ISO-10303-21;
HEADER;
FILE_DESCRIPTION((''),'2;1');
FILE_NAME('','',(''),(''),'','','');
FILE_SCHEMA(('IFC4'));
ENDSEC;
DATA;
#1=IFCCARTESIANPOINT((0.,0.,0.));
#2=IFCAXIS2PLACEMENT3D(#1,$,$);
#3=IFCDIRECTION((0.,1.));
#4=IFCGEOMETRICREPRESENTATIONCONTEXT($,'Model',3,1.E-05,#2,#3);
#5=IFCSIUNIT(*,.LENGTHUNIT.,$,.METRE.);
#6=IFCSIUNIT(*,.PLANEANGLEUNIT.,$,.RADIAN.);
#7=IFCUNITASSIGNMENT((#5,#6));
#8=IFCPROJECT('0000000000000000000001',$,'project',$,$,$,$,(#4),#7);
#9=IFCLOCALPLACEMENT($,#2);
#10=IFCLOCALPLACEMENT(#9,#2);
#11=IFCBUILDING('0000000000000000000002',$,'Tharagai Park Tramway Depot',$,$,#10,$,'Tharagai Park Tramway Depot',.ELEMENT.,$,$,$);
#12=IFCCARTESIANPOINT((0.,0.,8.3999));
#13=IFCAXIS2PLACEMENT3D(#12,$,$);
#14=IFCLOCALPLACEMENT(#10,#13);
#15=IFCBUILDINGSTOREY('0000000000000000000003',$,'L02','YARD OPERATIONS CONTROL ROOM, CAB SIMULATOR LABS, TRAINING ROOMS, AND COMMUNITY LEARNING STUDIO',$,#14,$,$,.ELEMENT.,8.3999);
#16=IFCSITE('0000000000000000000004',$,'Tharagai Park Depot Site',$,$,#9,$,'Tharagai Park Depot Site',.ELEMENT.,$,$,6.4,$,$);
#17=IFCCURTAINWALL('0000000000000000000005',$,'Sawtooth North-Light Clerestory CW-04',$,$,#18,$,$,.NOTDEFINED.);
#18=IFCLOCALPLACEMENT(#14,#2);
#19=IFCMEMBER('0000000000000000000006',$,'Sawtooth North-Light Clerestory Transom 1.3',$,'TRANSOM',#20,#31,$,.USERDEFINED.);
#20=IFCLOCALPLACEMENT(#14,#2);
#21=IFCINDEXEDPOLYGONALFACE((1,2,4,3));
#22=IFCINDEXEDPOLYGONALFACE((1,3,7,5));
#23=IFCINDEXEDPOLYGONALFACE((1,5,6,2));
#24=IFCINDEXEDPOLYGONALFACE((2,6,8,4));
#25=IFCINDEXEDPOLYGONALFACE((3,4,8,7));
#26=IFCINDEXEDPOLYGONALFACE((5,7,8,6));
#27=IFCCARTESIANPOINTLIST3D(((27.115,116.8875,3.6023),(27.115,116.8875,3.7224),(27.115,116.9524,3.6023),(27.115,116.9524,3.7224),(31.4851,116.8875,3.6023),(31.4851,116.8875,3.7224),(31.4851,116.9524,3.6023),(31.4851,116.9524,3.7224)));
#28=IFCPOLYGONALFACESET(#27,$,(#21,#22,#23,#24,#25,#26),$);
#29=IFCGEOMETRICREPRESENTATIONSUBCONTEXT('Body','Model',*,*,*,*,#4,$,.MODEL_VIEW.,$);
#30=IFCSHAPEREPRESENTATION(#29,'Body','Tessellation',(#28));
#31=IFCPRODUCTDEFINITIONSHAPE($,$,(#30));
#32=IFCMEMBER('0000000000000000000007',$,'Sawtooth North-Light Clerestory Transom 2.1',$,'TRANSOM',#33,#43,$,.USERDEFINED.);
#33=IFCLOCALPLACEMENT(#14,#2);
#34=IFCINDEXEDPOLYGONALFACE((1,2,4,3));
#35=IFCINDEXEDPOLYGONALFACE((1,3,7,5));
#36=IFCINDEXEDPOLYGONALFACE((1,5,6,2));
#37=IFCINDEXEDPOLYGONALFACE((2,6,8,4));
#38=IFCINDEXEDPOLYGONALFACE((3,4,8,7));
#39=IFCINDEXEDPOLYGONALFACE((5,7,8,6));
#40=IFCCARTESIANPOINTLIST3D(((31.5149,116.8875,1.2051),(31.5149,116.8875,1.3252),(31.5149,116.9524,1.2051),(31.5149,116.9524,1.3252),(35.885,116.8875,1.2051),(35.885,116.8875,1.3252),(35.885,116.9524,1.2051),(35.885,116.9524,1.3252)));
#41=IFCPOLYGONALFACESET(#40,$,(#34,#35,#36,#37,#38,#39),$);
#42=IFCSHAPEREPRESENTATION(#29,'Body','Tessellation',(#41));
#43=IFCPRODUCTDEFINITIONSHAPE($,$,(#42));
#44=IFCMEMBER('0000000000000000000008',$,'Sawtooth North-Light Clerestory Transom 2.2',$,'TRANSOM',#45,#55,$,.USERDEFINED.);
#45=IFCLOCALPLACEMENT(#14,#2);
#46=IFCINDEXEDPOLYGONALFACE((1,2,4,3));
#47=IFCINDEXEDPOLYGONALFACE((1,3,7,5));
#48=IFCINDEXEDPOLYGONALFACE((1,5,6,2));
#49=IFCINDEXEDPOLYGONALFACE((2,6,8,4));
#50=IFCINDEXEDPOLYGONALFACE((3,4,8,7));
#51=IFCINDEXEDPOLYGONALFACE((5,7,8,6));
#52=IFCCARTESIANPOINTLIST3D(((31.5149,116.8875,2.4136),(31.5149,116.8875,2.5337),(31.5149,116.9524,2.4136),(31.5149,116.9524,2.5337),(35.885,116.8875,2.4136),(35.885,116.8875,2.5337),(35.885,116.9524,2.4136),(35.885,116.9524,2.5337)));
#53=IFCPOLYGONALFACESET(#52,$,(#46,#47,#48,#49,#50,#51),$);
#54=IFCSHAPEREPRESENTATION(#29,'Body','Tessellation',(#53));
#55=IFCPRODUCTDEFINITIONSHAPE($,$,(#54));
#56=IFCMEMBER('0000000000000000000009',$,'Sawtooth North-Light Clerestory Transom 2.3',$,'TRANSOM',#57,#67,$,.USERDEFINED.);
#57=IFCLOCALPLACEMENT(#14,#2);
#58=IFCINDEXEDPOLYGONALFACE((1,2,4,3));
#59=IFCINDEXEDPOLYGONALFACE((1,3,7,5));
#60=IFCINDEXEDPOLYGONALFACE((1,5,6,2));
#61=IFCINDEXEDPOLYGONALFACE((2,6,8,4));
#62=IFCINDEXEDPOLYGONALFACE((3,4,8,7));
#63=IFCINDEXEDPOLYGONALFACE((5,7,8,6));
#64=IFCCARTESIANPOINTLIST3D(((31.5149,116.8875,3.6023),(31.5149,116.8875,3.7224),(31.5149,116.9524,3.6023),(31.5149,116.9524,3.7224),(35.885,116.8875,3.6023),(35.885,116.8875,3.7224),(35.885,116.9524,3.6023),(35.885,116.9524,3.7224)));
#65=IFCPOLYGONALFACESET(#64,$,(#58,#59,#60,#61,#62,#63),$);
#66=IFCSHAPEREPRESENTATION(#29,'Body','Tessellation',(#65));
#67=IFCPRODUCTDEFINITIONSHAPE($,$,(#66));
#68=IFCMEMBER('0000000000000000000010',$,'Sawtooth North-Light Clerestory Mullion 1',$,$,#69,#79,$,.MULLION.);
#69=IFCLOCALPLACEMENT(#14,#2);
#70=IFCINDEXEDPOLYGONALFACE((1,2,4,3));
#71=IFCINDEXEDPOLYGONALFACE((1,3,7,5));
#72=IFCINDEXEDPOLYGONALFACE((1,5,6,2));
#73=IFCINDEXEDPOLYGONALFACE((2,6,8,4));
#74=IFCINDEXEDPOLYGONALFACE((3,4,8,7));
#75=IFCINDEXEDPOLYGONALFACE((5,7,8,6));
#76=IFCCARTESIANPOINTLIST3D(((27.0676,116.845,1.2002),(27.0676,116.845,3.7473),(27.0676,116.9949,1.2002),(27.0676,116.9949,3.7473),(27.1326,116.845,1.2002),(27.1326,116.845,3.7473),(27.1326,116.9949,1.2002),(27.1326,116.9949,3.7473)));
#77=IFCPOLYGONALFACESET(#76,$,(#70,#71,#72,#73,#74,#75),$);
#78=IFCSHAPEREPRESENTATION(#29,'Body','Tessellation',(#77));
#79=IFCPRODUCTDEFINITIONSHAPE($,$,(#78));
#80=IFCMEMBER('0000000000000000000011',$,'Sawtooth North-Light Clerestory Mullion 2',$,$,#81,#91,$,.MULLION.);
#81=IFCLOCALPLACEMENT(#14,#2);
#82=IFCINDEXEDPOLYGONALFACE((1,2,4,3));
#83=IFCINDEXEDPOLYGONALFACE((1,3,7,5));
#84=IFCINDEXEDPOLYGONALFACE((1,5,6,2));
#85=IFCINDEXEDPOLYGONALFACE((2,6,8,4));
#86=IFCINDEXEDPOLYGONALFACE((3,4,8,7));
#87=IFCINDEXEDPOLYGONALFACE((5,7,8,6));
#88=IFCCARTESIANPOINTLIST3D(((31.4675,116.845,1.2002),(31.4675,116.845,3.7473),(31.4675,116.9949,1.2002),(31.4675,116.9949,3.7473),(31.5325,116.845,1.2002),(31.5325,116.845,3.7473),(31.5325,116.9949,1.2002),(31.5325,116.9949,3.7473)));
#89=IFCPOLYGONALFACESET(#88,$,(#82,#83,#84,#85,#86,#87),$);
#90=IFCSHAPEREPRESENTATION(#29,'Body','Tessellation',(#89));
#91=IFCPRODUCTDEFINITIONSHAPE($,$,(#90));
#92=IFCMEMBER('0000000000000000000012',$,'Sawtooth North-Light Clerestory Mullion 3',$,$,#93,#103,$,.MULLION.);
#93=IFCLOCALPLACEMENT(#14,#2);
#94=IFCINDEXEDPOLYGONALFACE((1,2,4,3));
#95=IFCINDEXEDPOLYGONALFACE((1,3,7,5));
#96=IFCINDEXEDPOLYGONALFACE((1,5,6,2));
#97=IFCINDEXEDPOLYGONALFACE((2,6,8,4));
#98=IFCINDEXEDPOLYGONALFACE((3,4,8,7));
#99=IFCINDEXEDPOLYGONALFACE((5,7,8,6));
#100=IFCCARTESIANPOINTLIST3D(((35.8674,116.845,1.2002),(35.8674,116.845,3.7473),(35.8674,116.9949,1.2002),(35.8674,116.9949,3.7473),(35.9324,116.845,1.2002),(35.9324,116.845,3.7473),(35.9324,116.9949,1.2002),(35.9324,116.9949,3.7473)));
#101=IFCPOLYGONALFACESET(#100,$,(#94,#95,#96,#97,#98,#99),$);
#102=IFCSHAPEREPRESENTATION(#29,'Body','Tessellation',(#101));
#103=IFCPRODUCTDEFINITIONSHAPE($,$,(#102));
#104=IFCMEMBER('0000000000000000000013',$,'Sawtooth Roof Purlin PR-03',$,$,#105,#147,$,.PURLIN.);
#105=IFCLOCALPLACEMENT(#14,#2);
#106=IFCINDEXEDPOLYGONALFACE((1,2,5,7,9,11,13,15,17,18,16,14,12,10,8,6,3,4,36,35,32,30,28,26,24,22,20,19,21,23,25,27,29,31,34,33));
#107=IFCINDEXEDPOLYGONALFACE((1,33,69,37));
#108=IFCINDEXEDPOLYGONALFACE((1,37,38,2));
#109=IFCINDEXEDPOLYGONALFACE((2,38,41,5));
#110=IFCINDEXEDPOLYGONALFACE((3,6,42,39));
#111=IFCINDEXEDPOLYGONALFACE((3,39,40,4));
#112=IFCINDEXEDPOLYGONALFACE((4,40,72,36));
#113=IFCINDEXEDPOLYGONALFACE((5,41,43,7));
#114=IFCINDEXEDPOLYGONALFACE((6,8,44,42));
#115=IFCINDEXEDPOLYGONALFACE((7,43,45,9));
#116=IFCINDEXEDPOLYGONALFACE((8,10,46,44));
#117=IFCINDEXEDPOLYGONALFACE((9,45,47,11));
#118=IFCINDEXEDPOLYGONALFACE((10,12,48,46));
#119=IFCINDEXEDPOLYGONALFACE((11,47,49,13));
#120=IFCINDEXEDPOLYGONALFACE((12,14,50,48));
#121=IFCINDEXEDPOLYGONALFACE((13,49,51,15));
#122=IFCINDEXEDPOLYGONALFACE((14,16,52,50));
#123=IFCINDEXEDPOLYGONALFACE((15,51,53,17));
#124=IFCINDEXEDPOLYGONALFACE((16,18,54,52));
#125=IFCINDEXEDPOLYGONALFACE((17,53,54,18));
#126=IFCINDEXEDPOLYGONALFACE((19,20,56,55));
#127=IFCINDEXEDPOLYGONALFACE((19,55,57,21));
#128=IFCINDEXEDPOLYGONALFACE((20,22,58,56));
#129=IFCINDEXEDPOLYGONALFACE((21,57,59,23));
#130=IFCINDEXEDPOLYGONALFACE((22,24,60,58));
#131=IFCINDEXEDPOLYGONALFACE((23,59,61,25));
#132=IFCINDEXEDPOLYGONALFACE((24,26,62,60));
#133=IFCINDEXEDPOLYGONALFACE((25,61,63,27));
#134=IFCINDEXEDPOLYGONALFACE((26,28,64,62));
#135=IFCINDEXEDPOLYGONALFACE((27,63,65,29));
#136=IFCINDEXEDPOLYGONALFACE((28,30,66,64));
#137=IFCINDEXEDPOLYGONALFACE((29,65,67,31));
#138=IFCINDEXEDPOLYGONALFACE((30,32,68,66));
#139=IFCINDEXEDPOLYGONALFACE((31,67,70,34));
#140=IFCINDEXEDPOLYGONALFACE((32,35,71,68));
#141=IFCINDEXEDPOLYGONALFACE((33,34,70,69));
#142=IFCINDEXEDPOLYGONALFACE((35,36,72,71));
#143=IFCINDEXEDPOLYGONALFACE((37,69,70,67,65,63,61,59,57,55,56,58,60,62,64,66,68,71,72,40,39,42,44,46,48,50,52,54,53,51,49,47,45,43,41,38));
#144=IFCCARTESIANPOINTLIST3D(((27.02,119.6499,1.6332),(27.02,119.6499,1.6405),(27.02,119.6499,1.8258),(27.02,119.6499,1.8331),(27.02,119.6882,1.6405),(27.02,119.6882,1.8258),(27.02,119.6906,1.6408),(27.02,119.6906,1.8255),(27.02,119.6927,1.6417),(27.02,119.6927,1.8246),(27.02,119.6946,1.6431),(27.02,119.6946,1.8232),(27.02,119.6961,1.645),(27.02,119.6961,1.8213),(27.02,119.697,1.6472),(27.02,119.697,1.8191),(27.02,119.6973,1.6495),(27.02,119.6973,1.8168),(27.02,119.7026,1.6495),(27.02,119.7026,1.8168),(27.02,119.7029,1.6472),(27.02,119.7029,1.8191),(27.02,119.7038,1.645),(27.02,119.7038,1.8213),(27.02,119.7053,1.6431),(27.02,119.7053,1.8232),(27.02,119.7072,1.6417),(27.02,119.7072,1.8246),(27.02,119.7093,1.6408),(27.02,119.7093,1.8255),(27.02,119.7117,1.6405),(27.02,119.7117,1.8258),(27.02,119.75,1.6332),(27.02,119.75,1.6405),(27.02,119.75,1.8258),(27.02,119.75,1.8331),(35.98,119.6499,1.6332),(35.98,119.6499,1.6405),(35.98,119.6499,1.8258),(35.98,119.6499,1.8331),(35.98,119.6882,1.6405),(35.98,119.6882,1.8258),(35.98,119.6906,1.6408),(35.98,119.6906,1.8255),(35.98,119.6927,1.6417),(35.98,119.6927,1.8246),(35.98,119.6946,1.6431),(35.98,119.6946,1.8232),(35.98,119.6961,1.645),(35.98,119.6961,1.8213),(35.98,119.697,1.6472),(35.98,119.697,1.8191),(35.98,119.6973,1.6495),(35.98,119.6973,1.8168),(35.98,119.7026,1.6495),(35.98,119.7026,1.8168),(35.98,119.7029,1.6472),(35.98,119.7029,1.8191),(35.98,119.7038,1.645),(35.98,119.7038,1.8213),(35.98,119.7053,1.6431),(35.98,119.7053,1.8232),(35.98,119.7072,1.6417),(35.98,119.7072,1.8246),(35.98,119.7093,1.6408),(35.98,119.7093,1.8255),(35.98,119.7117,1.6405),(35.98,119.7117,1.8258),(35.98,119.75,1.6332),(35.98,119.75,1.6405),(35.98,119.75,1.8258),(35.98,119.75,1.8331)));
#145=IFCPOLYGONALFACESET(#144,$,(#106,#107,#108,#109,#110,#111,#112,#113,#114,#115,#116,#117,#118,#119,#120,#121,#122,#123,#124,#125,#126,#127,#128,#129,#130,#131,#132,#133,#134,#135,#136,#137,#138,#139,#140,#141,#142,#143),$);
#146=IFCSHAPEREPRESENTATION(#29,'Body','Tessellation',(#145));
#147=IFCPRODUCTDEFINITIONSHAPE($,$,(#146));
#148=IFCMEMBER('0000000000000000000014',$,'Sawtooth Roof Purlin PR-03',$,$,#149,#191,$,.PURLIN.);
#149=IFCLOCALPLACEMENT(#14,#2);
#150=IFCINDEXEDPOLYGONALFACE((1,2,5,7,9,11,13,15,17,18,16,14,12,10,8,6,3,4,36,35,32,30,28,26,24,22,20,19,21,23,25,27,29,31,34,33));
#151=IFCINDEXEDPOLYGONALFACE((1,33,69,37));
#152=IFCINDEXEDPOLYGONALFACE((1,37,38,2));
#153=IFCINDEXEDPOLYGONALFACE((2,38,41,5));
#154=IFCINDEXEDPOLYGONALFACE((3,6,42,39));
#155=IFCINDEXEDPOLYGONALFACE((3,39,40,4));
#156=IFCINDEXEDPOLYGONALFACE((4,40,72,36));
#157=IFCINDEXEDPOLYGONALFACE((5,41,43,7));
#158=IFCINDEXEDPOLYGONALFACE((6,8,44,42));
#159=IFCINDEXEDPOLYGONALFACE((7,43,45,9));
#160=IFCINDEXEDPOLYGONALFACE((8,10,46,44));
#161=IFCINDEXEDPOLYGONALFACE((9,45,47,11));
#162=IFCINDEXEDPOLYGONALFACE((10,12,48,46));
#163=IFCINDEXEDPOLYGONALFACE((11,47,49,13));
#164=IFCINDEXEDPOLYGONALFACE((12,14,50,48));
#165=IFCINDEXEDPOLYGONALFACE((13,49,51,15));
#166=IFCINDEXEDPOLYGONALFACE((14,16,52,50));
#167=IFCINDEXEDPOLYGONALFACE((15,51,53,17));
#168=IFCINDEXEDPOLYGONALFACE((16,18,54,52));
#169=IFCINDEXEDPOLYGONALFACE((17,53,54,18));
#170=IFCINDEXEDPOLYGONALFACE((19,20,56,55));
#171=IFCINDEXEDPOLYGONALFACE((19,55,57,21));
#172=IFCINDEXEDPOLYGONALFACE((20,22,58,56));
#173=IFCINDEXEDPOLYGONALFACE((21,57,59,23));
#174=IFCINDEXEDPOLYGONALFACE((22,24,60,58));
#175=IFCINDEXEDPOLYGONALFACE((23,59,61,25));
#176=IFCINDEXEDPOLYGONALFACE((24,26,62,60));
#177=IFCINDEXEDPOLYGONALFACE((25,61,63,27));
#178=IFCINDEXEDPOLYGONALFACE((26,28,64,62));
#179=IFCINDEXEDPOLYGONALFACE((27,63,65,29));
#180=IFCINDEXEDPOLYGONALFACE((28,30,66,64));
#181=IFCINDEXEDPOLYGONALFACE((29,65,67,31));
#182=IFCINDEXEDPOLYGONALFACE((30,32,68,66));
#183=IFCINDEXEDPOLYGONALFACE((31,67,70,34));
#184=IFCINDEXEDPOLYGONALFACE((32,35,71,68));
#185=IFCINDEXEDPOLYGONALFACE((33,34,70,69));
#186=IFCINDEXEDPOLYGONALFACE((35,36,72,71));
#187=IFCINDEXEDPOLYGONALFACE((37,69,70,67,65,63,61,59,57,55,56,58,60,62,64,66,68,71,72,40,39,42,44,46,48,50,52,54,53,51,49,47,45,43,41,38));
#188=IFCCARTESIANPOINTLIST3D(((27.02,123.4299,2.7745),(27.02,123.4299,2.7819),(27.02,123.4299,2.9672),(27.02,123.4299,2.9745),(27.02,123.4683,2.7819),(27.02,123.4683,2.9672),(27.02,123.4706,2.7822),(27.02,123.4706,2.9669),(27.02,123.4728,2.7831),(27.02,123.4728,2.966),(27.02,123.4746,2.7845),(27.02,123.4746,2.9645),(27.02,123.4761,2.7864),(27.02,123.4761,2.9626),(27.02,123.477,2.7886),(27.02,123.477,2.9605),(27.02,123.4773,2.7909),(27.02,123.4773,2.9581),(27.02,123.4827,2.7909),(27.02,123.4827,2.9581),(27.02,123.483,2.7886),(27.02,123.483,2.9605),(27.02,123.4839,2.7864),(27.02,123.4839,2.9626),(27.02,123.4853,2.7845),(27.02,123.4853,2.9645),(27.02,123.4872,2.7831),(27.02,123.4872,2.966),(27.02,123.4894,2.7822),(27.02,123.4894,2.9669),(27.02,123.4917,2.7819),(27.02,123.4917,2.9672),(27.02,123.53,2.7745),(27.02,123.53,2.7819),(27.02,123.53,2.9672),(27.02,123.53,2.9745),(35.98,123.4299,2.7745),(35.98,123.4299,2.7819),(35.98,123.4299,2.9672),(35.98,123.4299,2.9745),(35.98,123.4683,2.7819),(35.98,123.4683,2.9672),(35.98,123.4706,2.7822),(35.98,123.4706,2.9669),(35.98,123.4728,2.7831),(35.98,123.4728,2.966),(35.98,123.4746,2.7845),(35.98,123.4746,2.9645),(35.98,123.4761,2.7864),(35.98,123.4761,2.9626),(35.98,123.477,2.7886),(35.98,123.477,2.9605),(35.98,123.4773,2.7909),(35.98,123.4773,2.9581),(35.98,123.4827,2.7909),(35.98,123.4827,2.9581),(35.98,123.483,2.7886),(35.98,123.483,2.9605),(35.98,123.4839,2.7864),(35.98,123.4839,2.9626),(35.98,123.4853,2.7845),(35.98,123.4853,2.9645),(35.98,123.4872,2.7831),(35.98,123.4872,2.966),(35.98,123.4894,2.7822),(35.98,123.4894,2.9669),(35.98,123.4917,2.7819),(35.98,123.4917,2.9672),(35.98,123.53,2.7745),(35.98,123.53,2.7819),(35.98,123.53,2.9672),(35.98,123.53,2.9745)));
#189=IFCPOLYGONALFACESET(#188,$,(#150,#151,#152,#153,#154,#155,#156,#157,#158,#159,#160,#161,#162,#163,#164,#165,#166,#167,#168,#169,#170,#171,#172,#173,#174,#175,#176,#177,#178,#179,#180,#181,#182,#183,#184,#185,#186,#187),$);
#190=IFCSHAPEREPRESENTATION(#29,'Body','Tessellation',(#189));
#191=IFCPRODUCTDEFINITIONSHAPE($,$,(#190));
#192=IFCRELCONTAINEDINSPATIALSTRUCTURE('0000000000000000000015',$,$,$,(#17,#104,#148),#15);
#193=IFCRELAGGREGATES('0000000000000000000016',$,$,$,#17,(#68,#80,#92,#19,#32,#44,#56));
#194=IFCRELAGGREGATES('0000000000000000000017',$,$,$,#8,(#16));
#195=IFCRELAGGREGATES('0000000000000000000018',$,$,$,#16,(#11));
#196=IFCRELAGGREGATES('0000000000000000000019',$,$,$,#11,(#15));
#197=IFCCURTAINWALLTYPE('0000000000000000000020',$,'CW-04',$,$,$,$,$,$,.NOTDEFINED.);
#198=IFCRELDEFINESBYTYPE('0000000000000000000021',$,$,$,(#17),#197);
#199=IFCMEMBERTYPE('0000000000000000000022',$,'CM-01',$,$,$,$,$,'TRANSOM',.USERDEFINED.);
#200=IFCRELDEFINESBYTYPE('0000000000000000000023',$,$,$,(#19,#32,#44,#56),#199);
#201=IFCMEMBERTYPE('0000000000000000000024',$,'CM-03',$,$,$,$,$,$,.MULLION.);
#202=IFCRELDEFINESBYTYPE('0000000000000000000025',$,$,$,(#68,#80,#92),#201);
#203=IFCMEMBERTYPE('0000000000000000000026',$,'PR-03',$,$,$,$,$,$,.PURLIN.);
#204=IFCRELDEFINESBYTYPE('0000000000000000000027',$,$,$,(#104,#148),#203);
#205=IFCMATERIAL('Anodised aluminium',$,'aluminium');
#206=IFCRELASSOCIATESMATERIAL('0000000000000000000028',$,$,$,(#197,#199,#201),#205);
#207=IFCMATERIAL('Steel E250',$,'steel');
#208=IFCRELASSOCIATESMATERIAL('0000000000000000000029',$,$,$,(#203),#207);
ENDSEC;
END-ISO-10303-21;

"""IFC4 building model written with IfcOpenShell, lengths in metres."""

from ifc_helpers import new_model, si_unit, direction, frame, origin, origin_2d, place, context, subcontext, project, spatial, rectangle, i_section, extrude, material, material_profile, profile_set, type_object, element, aggregate, save


model = new_model("IFC4")

# Units and contexts
model_context = context("Model", 3, precision=1e-05, world=origin(), true_north=direction((0.0, 1.0)))
body_context = subcontext(model_context, "Body", "Model", "MODEL_VIEW")
ifc_project = project(units=[si_unit("LENGTHUNIT", "METRE"), si_unit("PLANEANGLEUNIT", "RADIAN")], contexts=[model_context])

# Site, building, storey
site_placement = place(None, origin())
site = spatial("IfcSite", under=ifc_project, at=site_placement, Name="Tharagai Park Depot Site", LongName="Tharagai Park Depot Site", CompositionType="ELEMENT", RefElevation=6.4)
building_placement = place(site_placement, origin())
building = spatial("IfcBuilding", under=site, at=building_placement, Name="Tharagai Park Tramway Depot", LongName="Tharagai Park Tramway Depot", CompositionType="ELEMENT")
storey_placement = place(building_placement, frame((0.0, 0.0, 8.3999)))
storey = spatial("IfcBuildingStorey", under=building, at=storey_placement, Name="L02", Description="YARD OPERATIONS CONTROL ROOM, CAB SIMULATOR LABS, TRAINING ROOMS, AND COMMUNITY LEARNING STUDIO", CompositionType="ELEMENT", Elevation=8.3999)

# Shared definitions
ifc_material_1 = material(Name="Steel E250", Category="steel")

# Curtain wall, members
ifc_material_2 = material(Name="Anodised aluminium", Category="aluminium")
curtain_wall_type = type_object("IfcCurtainWallType", Name="CW-04", PredefinedType="NOTDEFINED", material=ifc_material_2)
curtain_wall_placement = place(storey_placement, origin())
curtain_wall = element("IfcCurtainWall", 1, at=curtain_wall_placement, inside=storey, type_object=curtain_wall_type, Name="Sawtooth North-Light Clerestory CW-04", PredefinedType="NOTDEFINED")
ifc_material_profile_1 = material_profile(ifc_material_2, rectangle(XDim=0.0649, YDim=0.1201, at=origin_2d()), Name="ALU 65x120")
ifc_profile_set_1 = profile_set([ifc_material_profile_1], Name="Anodised aluminium")
member_type_1 = type_object("IfcMemberType", Name="CM-01", ElementType="TRANSOM", PredefinedType="USERDEFINED", material=ifc_profile_set_1)
member_1_placement = place(storey_placement, frame((27.115, 116.9199, 3.6624), z_axis=(1.0, 0.0, 0.0), x_axis=(0.0, 1.0, 0.0)))
member_1 = element("IfcMember", 2, at=member_1_placement, type_object=member_type_1, Name="Sawtooth North-Light Clerestory Transom 1.3", ObjectType="TRANSOM", PredefinedType="USERDEFINED", context=body_context, shape_type="SweptSolid", body=[
    extrude(rectangle(XDim=0.0649, YDim=0.1201, at=origin_2d()), origin(), (0.0, 0.0, 1.0), 4.3701),
])
member_2_placement = place(storey_placement, frame((31.5149, 116.9199, 1.2651), z_axis=(1.0, 0.0, 0.0), x_axis=(0.0, 1.0, 0.0)))
member_2 = element("IfcMember", 3, at=member_2_placement, type_object=member_type_1, Name="Sawtooth North-Light Clerestory Transom 2.1", ObjectType="TRANSOM", PredefinedType="USERDEFINED", context=body_context, shape_type="SweptSolid", body=[
    extrude(rectangle(XDim=0.0649, YDim=0.1201, at=origin_2d()), origin(), (0.0, 0.0, 1.0), 4.3701),
])
member_3_placement = place(storey_placement, frame((31.5149, 116.9199, 2.4736), z_axis=(1.0, 0.0, 0.0), x_axis=(0.0, 1.0, 0.0)))
member_3 = element("IfcMember", 4, at=member_3_placement, type_object=member_type_1, Name="Sawtooth North-Light Clerestory Transom 2.2", ObjectType="TRANSOM", PredefinedType="USERDEFINED", context=body_context, shape_type="SweptSolid", body=[
    extrude(rectangle(XDim=0.0649, YDim=0.1201, at=origin_2d()), origin(), (0.0, 0.0, 1.0), 4.3701),
])
member_4_placement = place(storey_placement, frame((31.5149, 116.9199, 3.6624), z_axis=(1.0, 0.0, 0.0), x_axis=(0.0, 1.0, 0.0)))
member_4 = element("IfcMember", 5, at=member_4_placement, type_object=member_type_1, Name="Sawtooth North-Light Clerestory Transom 2.3", ObjectType="TRANSOM", PredefinedType="USERDEFINED", context=body_context, shape_type="SweptSolid", body=[
    extrude(rectangle(XDim=0.0649, YDim=0.1201, at=origin_2d()), origin(), (0.0, 0.0, 1.0), 4.3701),
])
ifc_material_profile_2 = material_profile(ifc_material_2, rectangle(XDim=0.0649, YDim=0.1499, at=origin_2d()), Name="ALU 65x150")
ifc_profile_set_2 = profile_set([ifc_material_profile_2], Name="Anodised aluminium")
member_type_2 = type_object("IfcMemberType", Name="CM-03", PredefinedType="MULLION", material=ifc_profile_set_2)
member_5_placement = place(storey_placement, frame((27.1001, 116.9199, 1.2002), z_axis=(0.0, 0.0, 1.0), x_axis=(1.0, 0.0, 0.0)))
member_5 = element("IfcMember", 6, at=member_5_placement, type_object=member_type_2, Name="Sawtooth North-Light Clerestory Mullion 1", PredefinedType="MULLION", context=body_context, shape_type="SweptSolid", body=[
    extrude(rectangle(XDim=0.0649, YDim=0.1499, at=origin_2d()), origin(), (0.0, 0.0, 1.0), 2.5471),
])
member_6_placement = place(storey_placement, frame((31.5, 116.9199, 1.2002), z_axis=(0.0, 0.0, 1.0), x_axis=(1.0, 0.0, 0.0)))
member_6 = element("IfcMember", 7, at=member_6_placement, type_object=member_type_2, Name="Sawtooth North-Light Clerestory Mullion 2", PredefinedType="MULLION", context=body_context, shape_type="SweptSolid", body=[
    extrude(rectangle(XDim=0.0649, YDim=0.1499, at=origin_2d()), origin(), (0.0, 0.0, 1.0), 2.5471),
])
member_7_placement = place(storey_placement, frame((35.8999, 116.9199, 1.2002), z_axis=(0.0, 0.0, 1.0), x_axis=(1.0, 0.0, 0.0)))
member_7 = element("IfcMember", 8, at=member_7_placement, type_object=member_type_2, Name="Sawtooth North-Light Clerestory Mullion 3", PredefinedType="MULLION", context=body_context, shape_type="SweptSolid", body=[
    extrude(rectangle(XDim=0.0649, YDim=0.1499, at=origin_2d()), origin(), (0.0, 0.0, 1.0), 2.5471),
])

# Members
ifc_material_profile_3 = material_profile(ifc_material_1, i_section(OverallWidth=0.1001, OverallDepth=0.2, WebThickness=0.0054, FlangeThickness=0.0073, FilletRadius=0.009, at=origin_2d()), Name="ISLB 200")
ifc_profile_set_3 = profile_set([ifc_material_profile_3], Name="Steel E250")
member_type_3 = type_object("IfcMemberType", Name="PR-03", PredefinedType="PURLIN", material=ifc_profile_set_3)
for number, where, z_axis, x_axis, name in (
    (9, (27.02, 119.7, 1.7332), (1.0, 0.0, 0.0), (0.0, 1.0, 0.0), "Sawtooth Roof Purlin PR-03"),
    (10, (27.02, 123.48, 2.8745), (1.0, 0.0, 0.0), (0.0, 1.0, 0.0), "Sawtooth Roof Purlin PR-03"),
):
    element("IfcMember", number, at=place(storey_placement, frame(where, z_axis=z_axis, x_axis=x_axis)), inside=storey, type_object=member_type_3, Name=name, PredefinedType="PURLIN", context=body_context, shape_type="SweptSolid", body=[
        extrude(i_section(OverallWidth=0.1001, OverallDepth=0.2, WebThickness=0.0054, FlangeThickness=0.0073, FilletRadius=0.009, at=origin_2d()), origin(), (0.0, 0.0, 1.0), 8.96),
    ])

aggregate(curtain_wall, [member_5, member_6, member_7, member_1, member_2, member_3, member_4])

save(model, "model.ifc")
